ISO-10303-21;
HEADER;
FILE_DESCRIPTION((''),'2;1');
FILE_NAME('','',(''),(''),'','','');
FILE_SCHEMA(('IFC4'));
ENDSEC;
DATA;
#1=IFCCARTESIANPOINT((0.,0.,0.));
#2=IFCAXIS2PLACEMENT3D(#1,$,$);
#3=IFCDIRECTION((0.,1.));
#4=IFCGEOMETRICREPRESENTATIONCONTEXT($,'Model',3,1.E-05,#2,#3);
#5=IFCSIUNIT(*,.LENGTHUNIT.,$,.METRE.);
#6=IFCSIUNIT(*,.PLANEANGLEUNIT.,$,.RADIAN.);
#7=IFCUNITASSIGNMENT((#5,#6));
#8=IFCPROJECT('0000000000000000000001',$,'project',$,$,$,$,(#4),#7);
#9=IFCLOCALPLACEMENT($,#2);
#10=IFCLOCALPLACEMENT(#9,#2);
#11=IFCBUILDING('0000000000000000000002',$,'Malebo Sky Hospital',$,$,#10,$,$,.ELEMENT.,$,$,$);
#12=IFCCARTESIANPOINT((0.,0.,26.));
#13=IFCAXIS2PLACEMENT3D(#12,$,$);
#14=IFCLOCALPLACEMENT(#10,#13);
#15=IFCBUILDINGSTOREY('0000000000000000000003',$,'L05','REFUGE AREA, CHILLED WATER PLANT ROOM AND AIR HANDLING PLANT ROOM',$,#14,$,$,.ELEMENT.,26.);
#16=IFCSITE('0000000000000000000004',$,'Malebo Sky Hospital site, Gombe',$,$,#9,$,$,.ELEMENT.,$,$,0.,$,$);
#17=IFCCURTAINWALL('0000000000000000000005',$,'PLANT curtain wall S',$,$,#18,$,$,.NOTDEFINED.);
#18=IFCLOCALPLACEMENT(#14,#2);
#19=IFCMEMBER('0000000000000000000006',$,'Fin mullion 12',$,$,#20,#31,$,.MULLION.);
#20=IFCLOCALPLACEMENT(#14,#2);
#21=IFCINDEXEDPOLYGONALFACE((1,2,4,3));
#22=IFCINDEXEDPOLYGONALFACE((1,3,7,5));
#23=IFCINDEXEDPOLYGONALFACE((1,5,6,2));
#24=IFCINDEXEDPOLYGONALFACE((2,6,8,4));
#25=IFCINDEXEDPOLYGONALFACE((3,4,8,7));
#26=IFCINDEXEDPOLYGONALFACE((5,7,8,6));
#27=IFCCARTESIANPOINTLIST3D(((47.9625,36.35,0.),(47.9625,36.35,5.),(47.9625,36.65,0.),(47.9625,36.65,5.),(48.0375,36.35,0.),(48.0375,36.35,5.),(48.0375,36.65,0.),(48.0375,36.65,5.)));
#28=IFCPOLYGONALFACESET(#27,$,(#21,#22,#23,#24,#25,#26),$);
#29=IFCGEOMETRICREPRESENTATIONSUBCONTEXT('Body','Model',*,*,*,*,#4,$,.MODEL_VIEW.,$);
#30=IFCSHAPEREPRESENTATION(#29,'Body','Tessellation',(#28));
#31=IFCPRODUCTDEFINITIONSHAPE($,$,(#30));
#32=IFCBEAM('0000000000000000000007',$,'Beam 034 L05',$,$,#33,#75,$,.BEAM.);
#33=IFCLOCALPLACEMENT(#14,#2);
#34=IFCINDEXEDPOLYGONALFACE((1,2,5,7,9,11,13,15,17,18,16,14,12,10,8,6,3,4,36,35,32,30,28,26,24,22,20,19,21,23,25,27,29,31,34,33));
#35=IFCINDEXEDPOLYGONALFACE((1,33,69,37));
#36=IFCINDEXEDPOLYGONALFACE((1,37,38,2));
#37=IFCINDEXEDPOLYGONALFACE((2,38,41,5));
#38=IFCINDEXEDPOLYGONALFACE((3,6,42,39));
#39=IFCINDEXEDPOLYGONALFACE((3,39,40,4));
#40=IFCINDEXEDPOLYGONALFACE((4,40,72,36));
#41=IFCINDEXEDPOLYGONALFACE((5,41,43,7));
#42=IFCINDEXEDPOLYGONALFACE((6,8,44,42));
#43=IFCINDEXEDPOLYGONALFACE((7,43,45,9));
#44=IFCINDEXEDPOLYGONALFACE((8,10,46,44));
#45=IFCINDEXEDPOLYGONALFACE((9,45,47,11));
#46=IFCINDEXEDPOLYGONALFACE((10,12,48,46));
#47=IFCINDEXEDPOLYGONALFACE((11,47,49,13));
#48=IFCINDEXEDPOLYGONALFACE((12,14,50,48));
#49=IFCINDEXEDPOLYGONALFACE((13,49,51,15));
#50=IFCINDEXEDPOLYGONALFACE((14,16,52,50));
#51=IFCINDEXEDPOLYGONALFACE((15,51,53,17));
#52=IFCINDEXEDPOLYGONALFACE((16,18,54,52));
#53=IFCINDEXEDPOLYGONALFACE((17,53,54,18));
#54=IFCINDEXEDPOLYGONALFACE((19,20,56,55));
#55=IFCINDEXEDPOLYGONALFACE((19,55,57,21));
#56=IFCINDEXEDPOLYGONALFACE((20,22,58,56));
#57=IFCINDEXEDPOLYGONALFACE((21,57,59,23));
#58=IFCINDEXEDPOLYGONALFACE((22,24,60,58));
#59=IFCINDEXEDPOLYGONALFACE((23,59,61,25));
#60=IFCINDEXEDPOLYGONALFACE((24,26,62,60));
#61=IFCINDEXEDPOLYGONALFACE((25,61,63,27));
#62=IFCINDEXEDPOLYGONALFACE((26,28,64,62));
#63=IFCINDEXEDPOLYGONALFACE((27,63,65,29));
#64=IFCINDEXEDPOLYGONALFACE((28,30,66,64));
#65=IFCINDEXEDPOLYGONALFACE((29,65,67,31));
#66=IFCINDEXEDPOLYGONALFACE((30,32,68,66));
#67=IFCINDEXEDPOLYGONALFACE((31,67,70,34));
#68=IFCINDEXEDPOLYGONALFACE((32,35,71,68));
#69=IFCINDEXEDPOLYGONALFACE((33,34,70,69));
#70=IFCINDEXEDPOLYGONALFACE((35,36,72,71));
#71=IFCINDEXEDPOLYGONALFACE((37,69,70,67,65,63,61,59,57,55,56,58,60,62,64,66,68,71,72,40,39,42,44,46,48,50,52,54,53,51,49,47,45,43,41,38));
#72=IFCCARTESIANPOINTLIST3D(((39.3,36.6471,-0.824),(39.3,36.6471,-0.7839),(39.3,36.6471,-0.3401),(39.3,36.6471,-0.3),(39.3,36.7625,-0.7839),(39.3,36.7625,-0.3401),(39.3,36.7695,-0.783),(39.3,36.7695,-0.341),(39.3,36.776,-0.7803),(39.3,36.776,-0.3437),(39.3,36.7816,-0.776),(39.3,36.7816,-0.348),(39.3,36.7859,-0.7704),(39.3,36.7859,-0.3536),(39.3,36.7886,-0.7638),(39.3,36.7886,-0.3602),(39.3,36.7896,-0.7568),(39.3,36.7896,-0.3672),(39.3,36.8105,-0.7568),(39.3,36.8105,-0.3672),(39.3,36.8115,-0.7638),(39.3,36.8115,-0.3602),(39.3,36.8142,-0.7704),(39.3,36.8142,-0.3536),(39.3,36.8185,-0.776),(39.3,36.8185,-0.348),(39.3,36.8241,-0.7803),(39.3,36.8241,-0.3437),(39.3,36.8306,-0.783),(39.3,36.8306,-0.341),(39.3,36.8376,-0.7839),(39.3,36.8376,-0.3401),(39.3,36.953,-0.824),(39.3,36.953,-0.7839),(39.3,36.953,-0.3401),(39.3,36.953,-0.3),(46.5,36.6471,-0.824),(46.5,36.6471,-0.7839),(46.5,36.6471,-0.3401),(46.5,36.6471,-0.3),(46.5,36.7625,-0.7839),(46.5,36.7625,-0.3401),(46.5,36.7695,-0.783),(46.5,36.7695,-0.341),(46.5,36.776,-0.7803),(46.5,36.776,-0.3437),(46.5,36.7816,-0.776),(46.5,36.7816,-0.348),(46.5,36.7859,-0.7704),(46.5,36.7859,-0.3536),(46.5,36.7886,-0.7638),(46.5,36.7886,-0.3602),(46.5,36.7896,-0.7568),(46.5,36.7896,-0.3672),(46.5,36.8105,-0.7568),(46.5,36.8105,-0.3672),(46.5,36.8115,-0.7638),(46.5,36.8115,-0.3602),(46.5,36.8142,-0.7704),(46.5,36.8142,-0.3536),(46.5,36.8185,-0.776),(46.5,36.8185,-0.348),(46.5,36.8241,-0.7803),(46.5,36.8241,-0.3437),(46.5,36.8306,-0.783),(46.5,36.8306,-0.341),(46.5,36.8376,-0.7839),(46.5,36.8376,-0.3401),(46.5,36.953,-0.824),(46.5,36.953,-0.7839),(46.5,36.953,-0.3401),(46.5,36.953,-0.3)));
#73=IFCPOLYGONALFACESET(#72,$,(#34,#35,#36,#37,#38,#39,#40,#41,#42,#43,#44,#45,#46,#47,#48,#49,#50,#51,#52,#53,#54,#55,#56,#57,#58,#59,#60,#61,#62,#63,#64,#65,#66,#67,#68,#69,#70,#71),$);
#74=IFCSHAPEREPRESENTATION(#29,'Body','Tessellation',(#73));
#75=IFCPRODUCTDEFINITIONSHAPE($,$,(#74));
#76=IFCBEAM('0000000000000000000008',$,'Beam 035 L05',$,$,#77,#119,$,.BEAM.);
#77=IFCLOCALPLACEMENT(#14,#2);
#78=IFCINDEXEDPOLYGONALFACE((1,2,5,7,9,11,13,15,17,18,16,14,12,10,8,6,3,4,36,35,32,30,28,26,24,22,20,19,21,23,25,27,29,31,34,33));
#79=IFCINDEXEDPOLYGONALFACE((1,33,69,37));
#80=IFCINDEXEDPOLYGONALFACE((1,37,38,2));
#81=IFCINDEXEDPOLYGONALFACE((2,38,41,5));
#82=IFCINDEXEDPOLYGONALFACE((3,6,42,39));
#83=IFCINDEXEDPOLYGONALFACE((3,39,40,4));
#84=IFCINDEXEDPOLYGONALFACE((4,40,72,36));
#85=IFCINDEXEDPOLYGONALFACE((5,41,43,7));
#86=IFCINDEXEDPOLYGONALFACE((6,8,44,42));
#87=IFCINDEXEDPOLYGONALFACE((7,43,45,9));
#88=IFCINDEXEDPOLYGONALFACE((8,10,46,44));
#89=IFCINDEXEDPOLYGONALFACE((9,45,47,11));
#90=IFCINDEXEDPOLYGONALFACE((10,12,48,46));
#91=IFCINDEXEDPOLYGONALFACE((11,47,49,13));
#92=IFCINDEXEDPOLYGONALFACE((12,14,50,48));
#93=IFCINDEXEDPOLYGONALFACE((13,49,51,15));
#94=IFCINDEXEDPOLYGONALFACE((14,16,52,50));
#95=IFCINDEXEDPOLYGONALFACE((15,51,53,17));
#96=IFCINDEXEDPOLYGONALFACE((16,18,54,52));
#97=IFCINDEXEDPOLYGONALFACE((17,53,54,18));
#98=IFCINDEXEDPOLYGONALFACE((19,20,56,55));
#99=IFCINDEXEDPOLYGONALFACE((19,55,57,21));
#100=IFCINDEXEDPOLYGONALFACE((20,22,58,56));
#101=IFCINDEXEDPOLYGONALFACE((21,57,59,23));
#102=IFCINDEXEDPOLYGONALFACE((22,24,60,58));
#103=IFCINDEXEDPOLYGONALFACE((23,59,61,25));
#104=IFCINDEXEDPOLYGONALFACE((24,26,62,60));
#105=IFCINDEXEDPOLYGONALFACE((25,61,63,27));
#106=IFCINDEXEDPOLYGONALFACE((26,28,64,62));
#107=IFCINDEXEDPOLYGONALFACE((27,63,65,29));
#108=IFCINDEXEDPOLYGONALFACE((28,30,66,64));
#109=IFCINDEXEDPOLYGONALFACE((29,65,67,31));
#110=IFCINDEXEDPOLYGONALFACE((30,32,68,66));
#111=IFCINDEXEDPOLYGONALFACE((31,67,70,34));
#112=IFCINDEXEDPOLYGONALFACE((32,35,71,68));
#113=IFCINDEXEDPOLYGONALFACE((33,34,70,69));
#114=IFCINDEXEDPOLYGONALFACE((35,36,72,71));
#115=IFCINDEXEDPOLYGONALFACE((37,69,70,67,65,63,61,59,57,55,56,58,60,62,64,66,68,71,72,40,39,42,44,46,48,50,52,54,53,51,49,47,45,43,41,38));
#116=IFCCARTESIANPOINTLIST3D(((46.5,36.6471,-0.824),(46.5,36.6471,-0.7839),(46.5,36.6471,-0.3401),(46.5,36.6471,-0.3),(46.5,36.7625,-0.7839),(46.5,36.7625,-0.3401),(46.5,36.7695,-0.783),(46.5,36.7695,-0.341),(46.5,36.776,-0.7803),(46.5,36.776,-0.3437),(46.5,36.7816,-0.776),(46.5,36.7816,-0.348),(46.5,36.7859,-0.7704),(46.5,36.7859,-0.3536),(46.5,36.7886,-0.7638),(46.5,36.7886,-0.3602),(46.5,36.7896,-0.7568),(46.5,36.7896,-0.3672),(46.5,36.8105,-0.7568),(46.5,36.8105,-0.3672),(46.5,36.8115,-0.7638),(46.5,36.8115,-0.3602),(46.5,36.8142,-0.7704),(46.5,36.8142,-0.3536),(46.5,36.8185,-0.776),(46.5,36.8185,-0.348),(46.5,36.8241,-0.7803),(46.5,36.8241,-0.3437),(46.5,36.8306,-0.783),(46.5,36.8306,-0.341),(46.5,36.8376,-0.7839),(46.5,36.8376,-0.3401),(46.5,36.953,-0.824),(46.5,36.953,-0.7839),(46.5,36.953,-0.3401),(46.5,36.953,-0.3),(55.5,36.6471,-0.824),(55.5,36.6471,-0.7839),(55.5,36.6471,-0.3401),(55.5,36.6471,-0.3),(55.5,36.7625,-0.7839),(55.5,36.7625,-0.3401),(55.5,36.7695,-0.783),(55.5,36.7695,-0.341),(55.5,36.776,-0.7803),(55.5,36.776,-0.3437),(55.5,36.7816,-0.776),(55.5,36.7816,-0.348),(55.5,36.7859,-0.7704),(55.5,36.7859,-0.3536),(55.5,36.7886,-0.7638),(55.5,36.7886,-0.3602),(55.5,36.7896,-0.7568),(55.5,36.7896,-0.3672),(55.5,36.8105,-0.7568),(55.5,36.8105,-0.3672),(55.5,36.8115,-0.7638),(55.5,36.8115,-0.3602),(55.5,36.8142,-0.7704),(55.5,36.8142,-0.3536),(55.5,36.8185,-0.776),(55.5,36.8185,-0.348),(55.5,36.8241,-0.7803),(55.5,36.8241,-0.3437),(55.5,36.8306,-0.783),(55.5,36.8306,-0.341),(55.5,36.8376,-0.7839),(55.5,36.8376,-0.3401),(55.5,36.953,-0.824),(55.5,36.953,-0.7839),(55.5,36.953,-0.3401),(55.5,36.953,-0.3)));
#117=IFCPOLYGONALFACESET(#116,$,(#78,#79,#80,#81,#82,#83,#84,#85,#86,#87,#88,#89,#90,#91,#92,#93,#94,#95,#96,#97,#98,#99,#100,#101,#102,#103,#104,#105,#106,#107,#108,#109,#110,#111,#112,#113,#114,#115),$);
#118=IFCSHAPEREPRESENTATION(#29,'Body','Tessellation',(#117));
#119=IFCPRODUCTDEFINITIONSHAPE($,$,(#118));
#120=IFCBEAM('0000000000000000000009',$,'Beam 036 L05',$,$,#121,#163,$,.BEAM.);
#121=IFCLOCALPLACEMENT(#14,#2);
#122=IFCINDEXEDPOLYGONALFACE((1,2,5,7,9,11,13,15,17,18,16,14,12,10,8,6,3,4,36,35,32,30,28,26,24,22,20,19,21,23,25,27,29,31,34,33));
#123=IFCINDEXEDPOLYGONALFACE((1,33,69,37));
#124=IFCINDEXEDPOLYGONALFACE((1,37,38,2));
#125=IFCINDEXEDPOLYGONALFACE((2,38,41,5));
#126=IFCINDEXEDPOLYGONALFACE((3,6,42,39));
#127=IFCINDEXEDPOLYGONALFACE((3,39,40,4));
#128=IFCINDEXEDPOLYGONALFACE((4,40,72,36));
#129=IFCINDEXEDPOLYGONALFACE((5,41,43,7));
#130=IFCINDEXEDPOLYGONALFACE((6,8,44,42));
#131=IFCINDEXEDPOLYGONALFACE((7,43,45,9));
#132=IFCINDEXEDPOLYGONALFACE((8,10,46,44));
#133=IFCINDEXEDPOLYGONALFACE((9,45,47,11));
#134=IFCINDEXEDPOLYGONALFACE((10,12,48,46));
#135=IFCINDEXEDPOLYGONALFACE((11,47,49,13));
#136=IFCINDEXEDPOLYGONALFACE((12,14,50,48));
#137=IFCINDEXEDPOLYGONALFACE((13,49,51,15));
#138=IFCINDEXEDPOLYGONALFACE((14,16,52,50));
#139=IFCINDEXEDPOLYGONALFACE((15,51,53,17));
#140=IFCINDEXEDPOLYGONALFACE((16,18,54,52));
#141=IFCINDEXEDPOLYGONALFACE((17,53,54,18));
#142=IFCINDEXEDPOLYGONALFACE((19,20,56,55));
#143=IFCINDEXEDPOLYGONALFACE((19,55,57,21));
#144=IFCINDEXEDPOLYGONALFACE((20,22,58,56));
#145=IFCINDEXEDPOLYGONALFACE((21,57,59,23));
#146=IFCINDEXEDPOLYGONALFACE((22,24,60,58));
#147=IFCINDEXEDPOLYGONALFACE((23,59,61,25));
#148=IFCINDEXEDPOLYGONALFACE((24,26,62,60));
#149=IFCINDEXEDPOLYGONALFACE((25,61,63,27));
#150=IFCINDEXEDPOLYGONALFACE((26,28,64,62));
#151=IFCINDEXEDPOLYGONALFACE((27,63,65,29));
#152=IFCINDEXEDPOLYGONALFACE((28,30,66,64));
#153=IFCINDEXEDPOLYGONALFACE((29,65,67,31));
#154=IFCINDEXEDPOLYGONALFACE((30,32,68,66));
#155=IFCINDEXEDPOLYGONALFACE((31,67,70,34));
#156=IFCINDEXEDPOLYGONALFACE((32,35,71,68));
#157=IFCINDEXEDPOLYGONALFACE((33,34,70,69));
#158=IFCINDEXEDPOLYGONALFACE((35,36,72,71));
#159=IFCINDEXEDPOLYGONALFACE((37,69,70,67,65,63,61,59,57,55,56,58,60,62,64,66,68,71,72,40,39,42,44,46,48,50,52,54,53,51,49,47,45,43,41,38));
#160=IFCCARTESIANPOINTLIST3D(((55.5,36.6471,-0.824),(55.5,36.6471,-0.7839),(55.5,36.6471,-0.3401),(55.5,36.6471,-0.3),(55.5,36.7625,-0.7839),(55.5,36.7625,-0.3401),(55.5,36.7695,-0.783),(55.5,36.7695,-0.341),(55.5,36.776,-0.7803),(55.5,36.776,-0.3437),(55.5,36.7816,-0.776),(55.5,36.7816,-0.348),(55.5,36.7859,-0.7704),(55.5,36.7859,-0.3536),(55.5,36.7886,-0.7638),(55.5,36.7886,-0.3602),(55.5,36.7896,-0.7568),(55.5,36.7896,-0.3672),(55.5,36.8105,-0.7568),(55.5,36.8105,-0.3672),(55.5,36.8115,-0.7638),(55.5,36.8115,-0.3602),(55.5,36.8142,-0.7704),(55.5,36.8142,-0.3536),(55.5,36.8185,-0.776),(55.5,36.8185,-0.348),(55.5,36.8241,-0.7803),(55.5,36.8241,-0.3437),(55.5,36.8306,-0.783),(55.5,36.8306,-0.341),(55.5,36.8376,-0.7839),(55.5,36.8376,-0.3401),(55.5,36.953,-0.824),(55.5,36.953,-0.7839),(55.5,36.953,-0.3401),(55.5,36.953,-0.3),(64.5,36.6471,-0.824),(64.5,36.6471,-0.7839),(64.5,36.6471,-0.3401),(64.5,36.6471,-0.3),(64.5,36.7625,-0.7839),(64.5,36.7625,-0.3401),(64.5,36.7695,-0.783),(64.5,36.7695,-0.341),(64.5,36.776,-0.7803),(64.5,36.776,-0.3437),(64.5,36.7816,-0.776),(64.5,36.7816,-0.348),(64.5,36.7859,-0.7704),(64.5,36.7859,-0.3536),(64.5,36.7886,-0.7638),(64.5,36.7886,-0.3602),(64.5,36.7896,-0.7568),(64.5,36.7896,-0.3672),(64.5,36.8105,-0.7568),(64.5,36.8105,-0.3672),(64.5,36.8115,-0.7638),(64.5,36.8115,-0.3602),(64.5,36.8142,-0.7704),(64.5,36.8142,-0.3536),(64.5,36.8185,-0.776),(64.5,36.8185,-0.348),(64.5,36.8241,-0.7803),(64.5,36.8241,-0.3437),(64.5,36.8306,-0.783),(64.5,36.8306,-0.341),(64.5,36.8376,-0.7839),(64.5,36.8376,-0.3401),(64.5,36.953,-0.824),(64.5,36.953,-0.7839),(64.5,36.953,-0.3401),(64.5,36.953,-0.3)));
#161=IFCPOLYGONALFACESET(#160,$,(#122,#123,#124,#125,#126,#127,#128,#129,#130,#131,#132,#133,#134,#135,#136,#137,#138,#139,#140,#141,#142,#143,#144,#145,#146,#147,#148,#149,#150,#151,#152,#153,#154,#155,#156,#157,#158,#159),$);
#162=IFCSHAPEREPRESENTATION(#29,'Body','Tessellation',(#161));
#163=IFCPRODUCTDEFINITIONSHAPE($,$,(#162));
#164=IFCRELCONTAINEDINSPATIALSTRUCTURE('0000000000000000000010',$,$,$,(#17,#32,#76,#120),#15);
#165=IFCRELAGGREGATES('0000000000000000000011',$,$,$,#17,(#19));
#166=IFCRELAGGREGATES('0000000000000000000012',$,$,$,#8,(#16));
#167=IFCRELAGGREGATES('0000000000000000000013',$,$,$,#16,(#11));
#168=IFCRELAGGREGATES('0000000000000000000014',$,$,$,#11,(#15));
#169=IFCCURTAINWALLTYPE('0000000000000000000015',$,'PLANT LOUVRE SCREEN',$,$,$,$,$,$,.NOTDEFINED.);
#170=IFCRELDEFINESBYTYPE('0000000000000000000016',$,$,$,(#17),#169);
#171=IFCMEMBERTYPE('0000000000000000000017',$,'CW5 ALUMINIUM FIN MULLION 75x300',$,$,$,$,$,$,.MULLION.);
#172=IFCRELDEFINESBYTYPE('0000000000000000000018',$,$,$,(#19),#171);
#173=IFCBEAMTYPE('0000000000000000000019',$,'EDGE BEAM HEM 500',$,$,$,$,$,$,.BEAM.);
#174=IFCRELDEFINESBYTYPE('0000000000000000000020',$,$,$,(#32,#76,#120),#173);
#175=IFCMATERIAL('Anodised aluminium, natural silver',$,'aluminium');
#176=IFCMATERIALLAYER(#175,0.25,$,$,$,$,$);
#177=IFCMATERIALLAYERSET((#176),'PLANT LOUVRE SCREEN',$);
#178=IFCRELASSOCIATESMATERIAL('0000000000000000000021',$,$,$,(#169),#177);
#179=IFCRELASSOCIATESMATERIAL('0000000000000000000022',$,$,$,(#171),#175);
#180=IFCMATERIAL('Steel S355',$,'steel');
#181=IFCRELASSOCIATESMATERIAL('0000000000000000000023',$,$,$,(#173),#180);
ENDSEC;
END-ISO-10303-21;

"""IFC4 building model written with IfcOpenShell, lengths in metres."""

from ifc_helpers import new_model, si_unit, direction, frame, origin, origin_2d, place, context, subcontext, project, spatial, rectangle, i_section, extrude, material, layer, layer_set, material_profile, profile_set, type_object, element, aggregate, save


model = new_model("IFC4")

# Units and contexts
model_context = context("Model", 3, precision=1e-05, world=origin(), true_north=direction((0.0, 1.0)))
body_context = subcontext(model_context, "Body", "Model", "MODEL_VIEW")
ifc_project = project(units=[si_unit("LENGTHUNIT", "METRE"), si_unit("PLANEANGLEUNIT", "RADIAN")], contexts=[model_context])

# Site, building, storey
site_placement = place(None, origin())
site = spatial("IfcSite", under=ifc_project, at=site_placement, Name="Malebo Sky Hospital site, Gombe", CompositionType="ELEMENT", RefElevation=0.0)
building_placement = place(site_placement, origin())
building = spatial("IfcBuilding", under=site, at=building_placement, Name="Malebo Sky Hospital", CompositionType="ELEMENT")
storey_placement = place(building_placement, frame((0.0, 0.0, 26.0)))
storey = spatial("IfcBuildingStorey", under=building, at=storey_placement, Name="L05", Description="REFUGE AREA, CHILLED WATER PLANT ROOM AND AIR HANDLING PLANT ROOM", CompositionType="ELEMENT", Elevation=26.0)

# Curtain wall, member
ifc_material_1 = material(Name="Anodised aluminium, natural silver", Category="aluminium")
ifc_layer_1 = layer(ifc_material_1, 0.25)
ifc_layer_set_1 = layer_set([ifc_layer_1], Name="PLANT LOUVRE SCREEN")
curtain_wall_type = type_object("IfcCurtainWallType", Name="PLANT LOUVRE SCREEN", PredefinedType="NOTDEFINED", material=ifc_layer_set_1)
curtain_wall_placement = place(storey_placement, origin())
curtain_wall = element("IfcCurtainWall", 1, at=curtain_wall_placement, inside=storey, type_object=curtain_wall_type, Name="PLANT curtain wall S", PredefinedType="NOTDEFINED")
ifc_material_profile_1 = material_profile(ifc_material_1, rectangle(XDim=0.075, YDim=0.3, at=origin_2d()), Name="CW5 ALUMINIUM FIN MULLION 75x300")
ifc_profile_set_1 = profile_set([ifc_material_profile_1], Name="Anodised aluminium, natural silver")
member_type_1 = type_object("IfcMemberType", Name="CW5 ALUMINIUM FIN MULLION 75x300", PredefinedType="MULLION", material=ifc_profile_set_1)
member_1_placement = place(storey_placement, frame((48.0, 36.5, 0.0), z_axis=(0.0, 0.0, 1.0), x_axis=(-1.0, 0.0, 0.0)))
member_1 = element("IfcMember", 2, at=member_1_placement, type_object=member_type_1, Name="Fin mullion 12", PredefinedType="MULLION", context=body_context, shape_type="SweptSolid", body=[
    extrude(rectangle(XDim=0.075, YDim=0.3, at=origin_2d()), origin(), (0.0, 0.0, 1.0), 5.0),
])

# Beams
ifc_material_2 = material(Name="Steel S355", Category="steel")
ifc_material_profile_2 = material_profile(ifc_material_2, i_section(OverallWidth=0.3059, OverallDepth=0.5239, WebThickness=0.021, FlangeThickness=0.04, FilletRadius=0.0271, at=origin_2d()), Name="HEM 500")
ifc_profile_set_2 = profile_set([ifc_material_profile_2], Name="Steel S355")
beam_type_1 = type_object("IfcBeamType", Name="EDGE BEAM HEM 500", PredefinedType="BEAM", material=ifc_profile_set_2)
beam_1_placement = place(storey_placement, frame((39.3, 36.8, -0.562), z_axis=(1.0, 0.0, 0.0), x_axis=(0.0, 1.0, 0.0)))
element("IfcBeam", 3, at=beam_1_placement, inside=storey, type_object=beam_type_1, Name="Beam 034 L05", PredefinedType="BEAM", context=body_context, shape_type="SweptSolid", body=[
    extrude(i_section(OverallWidth=0.3059, OverallDepth=0.5239, WebThickness=0.021, FlangeThickness=0.04, FilletRadius=0.0271, at=origin_2d()), origin(), (0.0, 0.0, 1.0), 7.2),
])
for number, where, z_axis, x_axis, name in (
    (4, (46.5, 36.8, -0.562), (1.0, 0.0, 0.0), (0.0, 1.0, 0.0), "Beam 035 L05"),
    (5, (55.5, 36.8, -0.562), (1.0, 0.0, 0.0), (0.0, 1.0, 0.0), "Beam 036 L05"),
):
    element("IfcBeam", number, at=place(storey_placement, frame(where, z_axis=z_axis, x_axis=x_axis)), inside=storey, type_object=beam_type_1, Name=name, PredefinedType="BEAM", context=body_context, shape_type="SweptSolid", body=[
        extrude(i_section(OverallWidth=0.3059, OverallDepth=0.5239, WebThickness=0.021, FlangeThickness=0.04, FilletRadius=0.0271, at=origin_2d()), origin(), (0.0, 0.0, 1.0), 9.0),
    ])

aggregate(curtain_wall, [member_1])

save(model, "model.ifc")
